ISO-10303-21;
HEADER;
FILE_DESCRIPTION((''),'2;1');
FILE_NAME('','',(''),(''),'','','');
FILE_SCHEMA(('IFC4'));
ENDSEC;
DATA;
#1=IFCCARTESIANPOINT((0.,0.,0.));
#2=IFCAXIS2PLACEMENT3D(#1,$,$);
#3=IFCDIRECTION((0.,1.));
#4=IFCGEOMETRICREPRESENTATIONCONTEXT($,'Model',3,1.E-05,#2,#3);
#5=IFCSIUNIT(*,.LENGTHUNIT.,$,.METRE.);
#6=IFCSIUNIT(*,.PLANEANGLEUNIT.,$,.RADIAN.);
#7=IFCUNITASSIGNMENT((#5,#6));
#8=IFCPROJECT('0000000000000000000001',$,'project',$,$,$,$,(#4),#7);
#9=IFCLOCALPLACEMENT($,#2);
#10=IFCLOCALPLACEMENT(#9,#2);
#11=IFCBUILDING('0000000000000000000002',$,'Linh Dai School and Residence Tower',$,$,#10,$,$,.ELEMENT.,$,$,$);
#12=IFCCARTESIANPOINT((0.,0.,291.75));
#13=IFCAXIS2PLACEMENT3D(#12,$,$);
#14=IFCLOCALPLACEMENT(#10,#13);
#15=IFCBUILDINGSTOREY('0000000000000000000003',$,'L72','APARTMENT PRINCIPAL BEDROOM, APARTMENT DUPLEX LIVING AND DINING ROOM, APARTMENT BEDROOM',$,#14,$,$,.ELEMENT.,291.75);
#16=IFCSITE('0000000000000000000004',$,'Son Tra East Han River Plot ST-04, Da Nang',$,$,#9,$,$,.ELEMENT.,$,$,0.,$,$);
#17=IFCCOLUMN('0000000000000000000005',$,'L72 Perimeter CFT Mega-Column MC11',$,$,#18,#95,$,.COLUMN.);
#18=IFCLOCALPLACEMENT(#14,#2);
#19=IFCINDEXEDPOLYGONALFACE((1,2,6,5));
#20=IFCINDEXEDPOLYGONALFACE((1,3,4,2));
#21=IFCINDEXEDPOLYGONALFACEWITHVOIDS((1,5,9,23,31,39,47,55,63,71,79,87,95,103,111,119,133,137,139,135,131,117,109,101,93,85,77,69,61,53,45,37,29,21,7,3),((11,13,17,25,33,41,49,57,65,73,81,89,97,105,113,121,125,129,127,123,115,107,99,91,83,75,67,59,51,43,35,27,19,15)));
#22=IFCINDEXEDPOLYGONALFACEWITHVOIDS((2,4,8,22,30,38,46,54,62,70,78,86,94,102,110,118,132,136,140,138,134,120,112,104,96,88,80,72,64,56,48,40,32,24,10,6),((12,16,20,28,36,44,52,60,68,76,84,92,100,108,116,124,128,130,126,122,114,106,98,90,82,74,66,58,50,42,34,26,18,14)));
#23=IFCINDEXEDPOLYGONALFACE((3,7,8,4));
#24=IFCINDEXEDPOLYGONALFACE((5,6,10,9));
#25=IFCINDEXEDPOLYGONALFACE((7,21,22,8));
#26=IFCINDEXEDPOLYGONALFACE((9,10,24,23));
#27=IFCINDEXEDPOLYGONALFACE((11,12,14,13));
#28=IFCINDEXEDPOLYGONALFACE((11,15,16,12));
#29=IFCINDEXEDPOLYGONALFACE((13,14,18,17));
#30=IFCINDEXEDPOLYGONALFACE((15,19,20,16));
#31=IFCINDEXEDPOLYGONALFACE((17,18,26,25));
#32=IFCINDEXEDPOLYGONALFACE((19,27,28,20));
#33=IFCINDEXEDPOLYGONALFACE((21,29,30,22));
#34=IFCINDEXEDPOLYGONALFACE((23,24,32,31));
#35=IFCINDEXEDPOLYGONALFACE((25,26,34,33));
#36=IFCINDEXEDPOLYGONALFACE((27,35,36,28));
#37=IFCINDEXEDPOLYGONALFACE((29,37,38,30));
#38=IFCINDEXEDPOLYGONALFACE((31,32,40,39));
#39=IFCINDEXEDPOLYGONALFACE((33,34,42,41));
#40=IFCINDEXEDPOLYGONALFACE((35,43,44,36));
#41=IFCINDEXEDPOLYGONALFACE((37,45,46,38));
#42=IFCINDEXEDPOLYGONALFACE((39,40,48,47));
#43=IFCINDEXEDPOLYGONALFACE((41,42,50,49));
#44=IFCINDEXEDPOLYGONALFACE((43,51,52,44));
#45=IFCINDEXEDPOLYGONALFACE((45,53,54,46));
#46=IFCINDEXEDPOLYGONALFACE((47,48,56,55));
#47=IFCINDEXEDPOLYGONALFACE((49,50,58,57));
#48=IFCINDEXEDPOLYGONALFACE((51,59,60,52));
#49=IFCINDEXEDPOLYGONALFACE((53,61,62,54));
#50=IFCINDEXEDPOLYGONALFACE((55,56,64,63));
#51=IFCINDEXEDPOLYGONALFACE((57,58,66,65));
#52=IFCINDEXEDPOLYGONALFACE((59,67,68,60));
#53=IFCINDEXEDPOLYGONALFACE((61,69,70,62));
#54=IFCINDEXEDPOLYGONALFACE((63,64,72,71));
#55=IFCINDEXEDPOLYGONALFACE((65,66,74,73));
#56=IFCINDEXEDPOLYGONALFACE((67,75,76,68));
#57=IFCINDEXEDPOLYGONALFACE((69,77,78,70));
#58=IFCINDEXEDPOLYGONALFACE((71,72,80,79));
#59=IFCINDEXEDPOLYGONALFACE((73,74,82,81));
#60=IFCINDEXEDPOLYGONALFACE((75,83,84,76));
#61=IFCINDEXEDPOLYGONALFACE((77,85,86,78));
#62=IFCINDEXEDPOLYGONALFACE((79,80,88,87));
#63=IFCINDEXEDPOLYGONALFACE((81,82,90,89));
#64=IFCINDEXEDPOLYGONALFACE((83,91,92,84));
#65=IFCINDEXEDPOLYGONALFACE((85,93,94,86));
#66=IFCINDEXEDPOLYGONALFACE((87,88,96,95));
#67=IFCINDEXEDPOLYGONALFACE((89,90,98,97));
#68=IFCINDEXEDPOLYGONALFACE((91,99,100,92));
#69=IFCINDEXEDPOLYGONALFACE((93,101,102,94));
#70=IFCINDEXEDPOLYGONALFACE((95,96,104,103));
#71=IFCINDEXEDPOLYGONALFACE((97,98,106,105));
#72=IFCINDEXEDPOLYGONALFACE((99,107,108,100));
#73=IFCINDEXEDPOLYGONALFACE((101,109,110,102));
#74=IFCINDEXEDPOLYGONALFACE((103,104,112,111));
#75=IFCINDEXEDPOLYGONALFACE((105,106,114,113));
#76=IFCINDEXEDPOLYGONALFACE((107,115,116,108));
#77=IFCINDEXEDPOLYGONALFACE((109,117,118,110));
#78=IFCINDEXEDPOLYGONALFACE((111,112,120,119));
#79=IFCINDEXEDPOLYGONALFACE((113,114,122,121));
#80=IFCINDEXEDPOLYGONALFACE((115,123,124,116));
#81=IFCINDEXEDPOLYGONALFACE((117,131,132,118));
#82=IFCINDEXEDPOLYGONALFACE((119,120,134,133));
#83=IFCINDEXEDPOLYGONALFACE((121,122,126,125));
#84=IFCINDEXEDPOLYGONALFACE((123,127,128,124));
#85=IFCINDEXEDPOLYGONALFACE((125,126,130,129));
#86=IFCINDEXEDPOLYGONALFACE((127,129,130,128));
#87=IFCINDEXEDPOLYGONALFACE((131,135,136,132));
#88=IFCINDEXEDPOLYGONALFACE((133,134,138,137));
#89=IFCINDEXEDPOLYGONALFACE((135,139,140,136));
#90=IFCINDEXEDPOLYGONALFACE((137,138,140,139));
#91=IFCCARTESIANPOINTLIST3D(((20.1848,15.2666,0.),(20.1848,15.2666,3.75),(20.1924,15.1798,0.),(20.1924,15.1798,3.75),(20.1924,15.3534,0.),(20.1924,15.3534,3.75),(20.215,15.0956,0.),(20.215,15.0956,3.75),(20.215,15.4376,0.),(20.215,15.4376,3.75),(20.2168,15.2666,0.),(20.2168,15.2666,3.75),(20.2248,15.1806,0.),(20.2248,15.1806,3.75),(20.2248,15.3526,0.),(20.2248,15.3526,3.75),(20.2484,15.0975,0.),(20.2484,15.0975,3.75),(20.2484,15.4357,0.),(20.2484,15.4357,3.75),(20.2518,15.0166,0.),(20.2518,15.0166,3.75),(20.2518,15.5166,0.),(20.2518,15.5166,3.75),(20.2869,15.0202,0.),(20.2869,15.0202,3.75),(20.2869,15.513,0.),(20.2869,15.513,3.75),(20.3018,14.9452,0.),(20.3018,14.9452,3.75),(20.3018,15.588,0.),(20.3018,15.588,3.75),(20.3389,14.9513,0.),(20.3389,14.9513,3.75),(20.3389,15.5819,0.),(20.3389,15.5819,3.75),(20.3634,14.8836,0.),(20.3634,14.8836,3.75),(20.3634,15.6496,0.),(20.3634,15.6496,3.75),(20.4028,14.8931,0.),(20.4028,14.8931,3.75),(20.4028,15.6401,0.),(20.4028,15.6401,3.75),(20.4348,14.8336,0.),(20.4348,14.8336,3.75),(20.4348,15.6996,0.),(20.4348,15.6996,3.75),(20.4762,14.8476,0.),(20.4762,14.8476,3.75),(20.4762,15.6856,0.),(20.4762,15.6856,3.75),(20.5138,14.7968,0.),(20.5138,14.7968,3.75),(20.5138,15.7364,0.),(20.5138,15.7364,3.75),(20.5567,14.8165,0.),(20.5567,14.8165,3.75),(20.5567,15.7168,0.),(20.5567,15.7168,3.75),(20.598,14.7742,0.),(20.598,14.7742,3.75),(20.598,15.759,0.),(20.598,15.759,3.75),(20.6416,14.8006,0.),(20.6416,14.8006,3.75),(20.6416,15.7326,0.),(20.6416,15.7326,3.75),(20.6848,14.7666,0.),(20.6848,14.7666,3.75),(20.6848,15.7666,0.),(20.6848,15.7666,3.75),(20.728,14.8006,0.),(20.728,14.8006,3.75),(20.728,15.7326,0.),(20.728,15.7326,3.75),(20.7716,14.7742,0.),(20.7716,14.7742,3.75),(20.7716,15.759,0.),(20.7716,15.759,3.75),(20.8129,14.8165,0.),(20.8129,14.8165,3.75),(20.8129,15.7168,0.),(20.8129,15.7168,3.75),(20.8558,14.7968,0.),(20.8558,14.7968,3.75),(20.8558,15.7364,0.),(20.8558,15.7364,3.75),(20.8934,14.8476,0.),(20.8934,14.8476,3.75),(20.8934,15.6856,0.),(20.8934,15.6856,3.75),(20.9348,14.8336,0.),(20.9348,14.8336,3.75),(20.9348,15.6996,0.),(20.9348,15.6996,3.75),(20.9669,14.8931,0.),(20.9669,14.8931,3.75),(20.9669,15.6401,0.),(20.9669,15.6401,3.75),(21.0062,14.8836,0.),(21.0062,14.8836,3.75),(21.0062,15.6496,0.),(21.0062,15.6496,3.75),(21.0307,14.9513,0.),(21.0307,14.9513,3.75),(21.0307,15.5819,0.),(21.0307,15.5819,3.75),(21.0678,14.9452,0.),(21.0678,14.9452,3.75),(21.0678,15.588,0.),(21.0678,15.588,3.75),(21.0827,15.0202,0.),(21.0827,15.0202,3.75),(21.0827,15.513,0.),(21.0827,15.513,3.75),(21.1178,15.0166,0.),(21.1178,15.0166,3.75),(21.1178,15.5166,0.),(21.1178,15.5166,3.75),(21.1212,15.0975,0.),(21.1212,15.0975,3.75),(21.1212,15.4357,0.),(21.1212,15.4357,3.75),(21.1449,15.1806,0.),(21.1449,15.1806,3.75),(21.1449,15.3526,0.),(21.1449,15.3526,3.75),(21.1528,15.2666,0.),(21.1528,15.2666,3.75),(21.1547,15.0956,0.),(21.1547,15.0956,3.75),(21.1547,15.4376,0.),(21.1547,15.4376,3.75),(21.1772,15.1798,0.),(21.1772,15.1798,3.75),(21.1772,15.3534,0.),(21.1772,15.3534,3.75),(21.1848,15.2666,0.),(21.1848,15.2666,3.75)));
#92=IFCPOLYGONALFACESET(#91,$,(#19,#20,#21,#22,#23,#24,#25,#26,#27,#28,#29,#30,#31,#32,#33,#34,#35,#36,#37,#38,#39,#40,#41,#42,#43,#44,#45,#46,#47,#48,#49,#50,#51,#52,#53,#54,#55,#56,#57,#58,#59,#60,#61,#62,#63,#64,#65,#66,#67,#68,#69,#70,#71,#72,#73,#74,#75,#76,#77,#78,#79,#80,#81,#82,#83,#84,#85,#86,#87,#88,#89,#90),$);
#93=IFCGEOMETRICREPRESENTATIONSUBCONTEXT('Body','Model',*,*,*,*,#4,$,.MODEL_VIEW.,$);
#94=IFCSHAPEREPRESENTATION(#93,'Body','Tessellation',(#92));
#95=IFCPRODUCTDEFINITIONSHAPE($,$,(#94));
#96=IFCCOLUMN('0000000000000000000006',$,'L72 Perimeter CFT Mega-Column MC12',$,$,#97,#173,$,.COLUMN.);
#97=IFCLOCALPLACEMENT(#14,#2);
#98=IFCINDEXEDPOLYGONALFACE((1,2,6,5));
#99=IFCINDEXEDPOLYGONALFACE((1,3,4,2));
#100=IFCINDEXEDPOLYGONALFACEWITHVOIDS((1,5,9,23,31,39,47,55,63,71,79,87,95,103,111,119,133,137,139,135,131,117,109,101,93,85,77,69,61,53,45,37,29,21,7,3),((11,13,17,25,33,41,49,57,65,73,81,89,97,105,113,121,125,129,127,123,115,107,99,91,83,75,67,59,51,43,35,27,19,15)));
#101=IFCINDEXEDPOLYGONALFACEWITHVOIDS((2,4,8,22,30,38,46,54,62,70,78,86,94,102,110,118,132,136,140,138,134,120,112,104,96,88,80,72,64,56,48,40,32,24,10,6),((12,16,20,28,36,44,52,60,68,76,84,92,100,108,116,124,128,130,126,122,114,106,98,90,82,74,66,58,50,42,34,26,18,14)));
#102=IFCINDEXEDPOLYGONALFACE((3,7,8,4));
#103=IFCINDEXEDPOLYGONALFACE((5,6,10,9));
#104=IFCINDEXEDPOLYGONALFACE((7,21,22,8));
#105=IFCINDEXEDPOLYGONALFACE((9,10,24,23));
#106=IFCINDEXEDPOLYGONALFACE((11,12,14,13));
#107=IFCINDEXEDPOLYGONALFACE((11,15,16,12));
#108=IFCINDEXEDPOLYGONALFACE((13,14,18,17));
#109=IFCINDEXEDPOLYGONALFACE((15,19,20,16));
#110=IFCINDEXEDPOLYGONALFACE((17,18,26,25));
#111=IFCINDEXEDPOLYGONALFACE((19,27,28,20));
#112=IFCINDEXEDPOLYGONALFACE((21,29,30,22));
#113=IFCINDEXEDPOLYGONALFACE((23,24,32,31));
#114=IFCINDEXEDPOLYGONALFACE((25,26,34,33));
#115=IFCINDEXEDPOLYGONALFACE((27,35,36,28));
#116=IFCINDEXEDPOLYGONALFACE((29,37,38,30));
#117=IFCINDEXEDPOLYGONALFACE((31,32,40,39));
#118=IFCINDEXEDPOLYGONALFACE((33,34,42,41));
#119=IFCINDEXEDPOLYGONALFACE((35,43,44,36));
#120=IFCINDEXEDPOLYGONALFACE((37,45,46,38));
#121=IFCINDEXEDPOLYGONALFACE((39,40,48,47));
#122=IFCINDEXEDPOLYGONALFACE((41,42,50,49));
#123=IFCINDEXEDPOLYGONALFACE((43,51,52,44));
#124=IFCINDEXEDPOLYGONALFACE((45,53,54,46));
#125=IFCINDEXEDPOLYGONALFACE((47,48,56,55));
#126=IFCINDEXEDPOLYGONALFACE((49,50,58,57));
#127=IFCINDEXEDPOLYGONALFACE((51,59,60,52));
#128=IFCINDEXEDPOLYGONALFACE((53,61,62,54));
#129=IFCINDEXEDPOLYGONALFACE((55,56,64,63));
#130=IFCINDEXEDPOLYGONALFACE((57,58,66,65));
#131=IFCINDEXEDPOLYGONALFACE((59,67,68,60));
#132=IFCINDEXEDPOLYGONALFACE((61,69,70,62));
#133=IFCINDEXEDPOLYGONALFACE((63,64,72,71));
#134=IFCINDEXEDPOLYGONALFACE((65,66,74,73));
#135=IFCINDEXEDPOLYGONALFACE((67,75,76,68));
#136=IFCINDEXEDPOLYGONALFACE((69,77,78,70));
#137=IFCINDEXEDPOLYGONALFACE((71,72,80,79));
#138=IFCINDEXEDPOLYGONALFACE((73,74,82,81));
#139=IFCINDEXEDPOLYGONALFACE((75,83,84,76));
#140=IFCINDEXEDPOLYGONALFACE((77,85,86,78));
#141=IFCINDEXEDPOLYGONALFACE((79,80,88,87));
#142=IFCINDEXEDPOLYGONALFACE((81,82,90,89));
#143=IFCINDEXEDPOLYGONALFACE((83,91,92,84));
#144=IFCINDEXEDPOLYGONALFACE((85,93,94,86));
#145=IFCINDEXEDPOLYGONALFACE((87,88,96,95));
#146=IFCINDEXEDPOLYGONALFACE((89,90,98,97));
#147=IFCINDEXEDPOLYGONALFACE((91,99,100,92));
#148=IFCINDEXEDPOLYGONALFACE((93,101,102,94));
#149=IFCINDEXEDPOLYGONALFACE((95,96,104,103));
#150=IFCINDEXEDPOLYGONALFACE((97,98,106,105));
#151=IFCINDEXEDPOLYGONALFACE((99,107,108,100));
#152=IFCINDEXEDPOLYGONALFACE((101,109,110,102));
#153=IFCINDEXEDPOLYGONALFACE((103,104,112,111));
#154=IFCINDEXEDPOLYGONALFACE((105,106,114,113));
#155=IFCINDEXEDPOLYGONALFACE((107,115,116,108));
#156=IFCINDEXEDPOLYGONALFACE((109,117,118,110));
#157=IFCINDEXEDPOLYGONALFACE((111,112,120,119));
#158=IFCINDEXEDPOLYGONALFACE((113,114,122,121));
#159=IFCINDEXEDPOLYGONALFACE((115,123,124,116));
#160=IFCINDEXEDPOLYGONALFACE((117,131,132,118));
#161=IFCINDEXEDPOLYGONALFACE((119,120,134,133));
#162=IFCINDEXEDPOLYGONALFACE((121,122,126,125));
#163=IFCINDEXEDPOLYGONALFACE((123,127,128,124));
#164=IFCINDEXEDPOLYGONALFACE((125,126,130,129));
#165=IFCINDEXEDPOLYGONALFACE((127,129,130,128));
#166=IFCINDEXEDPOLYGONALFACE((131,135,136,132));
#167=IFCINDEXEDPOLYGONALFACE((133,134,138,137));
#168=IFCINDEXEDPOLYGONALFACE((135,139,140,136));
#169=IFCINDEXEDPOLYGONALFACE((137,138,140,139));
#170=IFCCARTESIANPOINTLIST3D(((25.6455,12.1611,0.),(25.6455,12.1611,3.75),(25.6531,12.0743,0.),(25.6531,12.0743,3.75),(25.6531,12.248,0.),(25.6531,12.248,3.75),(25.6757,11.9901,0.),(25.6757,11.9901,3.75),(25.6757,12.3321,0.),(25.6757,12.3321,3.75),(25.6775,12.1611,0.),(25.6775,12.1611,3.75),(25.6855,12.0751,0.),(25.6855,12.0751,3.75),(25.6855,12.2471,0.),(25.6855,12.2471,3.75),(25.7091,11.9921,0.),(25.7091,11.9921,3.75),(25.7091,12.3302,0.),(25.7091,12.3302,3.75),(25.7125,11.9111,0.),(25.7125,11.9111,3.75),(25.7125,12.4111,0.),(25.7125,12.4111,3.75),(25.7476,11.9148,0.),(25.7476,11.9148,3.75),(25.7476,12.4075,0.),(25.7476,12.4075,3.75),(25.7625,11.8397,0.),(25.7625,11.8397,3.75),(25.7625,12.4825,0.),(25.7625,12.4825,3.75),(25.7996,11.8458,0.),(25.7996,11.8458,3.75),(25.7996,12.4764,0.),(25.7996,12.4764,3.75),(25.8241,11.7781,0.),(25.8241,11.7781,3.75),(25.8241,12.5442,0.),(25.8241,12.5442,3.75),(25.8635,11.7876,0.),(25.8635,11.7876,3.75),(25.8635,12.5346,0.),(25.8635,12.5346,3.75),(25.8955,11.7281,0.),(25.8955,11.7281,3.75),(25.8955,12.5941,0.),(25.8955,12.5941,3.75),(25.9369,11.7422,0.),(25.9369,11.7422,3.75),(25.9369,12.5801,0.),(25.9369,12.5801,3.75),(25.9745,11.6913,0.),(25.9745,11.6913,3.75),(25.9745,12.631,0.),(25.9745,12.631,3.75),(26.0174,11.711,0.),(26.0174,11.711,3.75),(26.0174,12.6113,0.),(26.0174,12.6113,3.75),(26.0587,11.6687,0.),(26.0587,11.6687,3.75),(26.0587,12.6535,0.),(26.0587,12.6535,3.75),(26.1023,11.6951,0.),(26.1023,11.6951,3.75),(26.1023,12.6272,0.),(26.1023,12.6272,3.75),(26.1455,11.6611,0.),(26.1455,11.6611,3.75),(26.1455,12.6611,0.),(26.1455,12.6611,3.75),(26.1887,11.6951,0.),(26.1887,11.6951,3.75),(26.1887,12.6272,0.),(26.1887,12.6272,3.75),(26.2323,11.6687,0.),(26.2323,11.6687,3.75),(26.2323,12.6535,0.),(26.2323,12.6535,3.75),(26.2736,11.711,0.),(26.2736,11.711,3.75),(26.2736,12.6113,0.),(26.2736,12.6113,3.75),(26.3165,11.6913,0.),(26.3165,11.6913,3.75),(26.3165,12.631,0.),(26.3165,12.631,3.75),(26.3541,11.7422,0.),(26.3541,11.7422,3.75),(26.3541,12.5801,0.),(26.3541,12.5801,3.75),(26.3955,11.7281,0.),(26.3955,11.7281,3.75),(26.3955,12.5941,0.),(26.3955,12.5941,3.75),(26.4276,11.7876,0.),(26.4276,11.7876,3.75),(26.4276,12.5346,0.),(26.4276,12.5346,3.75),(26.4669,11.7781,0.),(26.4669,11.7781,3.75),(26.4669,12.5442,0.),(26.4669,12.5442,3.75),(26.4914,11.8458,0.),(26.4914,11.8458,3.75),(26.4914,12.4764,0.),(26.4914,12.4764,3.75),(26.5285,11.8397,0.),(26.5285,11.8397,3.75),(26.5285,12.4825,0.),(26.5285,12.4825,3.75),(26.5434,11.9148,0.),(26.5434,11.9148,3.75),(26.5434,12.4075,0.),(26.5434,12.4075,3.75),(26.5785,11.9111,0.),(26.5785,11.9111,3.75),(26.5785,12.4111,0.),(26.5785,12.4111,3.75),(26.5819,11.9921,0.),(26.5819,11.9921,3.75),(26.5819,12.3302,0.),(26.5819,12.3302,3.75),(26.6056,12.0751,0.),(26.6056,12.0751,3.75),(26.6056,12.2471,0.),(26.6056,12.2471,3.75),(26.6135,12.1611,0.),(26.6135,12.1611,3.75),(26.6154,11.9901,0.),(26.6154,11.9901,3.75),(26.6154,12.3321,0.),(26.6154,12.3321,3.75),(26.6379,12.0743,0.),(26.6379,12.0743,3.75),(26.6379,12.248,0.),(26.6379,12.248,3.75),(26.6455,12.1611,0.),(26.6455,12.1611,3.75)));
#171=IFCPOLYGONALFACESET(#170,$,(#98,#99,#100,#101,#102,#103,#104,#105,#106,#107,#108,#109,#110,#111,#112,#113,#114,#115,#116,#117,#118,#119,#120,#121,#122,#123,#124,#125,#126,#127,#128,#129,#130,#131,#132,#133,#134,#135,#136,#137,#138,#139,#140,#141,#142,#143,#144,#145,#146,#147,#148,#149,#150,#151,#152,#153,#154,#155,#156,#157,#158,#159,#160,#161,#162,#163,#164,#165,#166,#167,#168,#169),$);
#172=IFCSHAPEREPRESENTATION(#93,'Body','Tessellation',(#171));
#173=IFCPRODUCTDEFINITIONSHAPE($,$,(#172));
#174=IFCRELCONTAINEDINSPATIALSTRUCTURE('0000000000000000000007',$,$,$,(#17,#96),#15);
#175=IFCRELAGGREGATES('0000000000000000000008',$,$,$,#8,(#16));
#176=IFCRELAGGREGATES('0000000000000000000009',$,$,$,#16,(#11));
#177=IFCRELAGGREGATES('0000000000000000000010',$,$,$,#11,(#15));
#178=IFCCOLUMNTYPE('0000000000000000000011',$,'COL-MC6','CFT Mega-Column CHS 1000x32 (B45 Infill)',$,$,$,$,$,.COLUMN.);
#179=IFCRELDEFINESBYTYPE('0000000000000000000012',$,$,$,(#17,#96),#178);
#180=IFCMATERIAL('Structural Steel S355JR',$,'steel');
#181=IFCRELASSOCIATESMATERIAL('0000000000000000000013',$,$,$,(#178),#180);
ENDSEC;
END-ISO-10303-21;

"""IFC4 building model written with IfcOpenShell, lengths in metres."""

from ifc_helpers import new_model, si_unit, direction, frame, origin, origin_2d, place, context, subcontext, project, spatial, hollow_circle, extrude, material, material_profile, profile_set, type_object, element, save


model = new_model("IFC4")

# Units and contexts
model_context = context("Model", 3, precision=1e-05, world=origin(), true_north=direction((0.0, 1.0)))
body_context = subcontext(model_context, "Body", "Model", "MODEL_VIEW")
ifc_project = project(units=[si_unit("LENGTHUNIT", "METRE"), si_unit("PLANEANGLEUNIT", "RADIAN")], contexts=[model_context])

# Site, building, storey
site_placement = place(None, origin())
site = spatial("IfcSite", under=ifc_project, at=site_placement, Name="Son Tra East Han River Plot ST-04, Da Nang", CompositionType="ELEMENT", RefElevation=0.0)
building_placement = place(site_placement, origin())
building = spatial("IfcBuilding", under=site, at=building_placement, Name="Linh Dai School and Residence Tower", CompositionType="ELEMENT")
storey_placement = place(building_placement, frame((0.0, 0.0, 291.75)))
storey = spatial("IfcBuildingStorey", under=building, at=storey_placement, Name="L72", Description="APARTMENT PRINCIPAL BEDROOM, APARTMENT DUPLEX LIVING AND DINING ROOM, APARTMENT BEDROOM", CompositionType="ELEMENT", Elevation=291.75)

# Columns
ifc_material_1 = material(Name="Structural Steel S355JR", Category="steel")
ifc_material_profile_1 = material_profile(ifc_material_1, hollow_circle(Radius=0.5, WallThickness=0.032, at=origin_2d()), Name="CHS 1000x32")
ifc_profile_set_1 = profile_set([ifc_material_profile_1], Name="Structural Steel S355JR")
column_type = type_object("IfcColumnType", Name="COL-MC6", Description="CFT Mega-Column CHS 1000x32 (B45 Infill)", PredefinedType="COLUMN", material=ifc_profile_set_1)
for number, where, z_axis, x_axis, name in (
    (1, (20.6848, 15.2666, 0.0), (0.0, 0.0, 1.0), (1.0, 0.0, 0.0), "L72 Perimeter CFT Mega-Column MC11"),
    (2, (26.1455, 12.1611, 0.0), (0.0, 0.0, 1.0), (1.0, 0.0, 0.0), "L72 Perimeter CFT Mega-Column MC12"),
):
    element("IfcColumn", number, at=place(storey_placement, frame(where, z_axis=z_axis, x_axis=x_axis)), inside=storey, type_object=column_type, Name=name, PredefinedType="COLUMN", context=body_context, shape_type="SweptSolid", body=[
        extrude(hollow_circle(Radius=0.5, WallThickness=0.032, at=origin_2d()), origin(), (0.0, 0.0, 1.0), 3.75),
    ])

save(model, "model.ifc")
